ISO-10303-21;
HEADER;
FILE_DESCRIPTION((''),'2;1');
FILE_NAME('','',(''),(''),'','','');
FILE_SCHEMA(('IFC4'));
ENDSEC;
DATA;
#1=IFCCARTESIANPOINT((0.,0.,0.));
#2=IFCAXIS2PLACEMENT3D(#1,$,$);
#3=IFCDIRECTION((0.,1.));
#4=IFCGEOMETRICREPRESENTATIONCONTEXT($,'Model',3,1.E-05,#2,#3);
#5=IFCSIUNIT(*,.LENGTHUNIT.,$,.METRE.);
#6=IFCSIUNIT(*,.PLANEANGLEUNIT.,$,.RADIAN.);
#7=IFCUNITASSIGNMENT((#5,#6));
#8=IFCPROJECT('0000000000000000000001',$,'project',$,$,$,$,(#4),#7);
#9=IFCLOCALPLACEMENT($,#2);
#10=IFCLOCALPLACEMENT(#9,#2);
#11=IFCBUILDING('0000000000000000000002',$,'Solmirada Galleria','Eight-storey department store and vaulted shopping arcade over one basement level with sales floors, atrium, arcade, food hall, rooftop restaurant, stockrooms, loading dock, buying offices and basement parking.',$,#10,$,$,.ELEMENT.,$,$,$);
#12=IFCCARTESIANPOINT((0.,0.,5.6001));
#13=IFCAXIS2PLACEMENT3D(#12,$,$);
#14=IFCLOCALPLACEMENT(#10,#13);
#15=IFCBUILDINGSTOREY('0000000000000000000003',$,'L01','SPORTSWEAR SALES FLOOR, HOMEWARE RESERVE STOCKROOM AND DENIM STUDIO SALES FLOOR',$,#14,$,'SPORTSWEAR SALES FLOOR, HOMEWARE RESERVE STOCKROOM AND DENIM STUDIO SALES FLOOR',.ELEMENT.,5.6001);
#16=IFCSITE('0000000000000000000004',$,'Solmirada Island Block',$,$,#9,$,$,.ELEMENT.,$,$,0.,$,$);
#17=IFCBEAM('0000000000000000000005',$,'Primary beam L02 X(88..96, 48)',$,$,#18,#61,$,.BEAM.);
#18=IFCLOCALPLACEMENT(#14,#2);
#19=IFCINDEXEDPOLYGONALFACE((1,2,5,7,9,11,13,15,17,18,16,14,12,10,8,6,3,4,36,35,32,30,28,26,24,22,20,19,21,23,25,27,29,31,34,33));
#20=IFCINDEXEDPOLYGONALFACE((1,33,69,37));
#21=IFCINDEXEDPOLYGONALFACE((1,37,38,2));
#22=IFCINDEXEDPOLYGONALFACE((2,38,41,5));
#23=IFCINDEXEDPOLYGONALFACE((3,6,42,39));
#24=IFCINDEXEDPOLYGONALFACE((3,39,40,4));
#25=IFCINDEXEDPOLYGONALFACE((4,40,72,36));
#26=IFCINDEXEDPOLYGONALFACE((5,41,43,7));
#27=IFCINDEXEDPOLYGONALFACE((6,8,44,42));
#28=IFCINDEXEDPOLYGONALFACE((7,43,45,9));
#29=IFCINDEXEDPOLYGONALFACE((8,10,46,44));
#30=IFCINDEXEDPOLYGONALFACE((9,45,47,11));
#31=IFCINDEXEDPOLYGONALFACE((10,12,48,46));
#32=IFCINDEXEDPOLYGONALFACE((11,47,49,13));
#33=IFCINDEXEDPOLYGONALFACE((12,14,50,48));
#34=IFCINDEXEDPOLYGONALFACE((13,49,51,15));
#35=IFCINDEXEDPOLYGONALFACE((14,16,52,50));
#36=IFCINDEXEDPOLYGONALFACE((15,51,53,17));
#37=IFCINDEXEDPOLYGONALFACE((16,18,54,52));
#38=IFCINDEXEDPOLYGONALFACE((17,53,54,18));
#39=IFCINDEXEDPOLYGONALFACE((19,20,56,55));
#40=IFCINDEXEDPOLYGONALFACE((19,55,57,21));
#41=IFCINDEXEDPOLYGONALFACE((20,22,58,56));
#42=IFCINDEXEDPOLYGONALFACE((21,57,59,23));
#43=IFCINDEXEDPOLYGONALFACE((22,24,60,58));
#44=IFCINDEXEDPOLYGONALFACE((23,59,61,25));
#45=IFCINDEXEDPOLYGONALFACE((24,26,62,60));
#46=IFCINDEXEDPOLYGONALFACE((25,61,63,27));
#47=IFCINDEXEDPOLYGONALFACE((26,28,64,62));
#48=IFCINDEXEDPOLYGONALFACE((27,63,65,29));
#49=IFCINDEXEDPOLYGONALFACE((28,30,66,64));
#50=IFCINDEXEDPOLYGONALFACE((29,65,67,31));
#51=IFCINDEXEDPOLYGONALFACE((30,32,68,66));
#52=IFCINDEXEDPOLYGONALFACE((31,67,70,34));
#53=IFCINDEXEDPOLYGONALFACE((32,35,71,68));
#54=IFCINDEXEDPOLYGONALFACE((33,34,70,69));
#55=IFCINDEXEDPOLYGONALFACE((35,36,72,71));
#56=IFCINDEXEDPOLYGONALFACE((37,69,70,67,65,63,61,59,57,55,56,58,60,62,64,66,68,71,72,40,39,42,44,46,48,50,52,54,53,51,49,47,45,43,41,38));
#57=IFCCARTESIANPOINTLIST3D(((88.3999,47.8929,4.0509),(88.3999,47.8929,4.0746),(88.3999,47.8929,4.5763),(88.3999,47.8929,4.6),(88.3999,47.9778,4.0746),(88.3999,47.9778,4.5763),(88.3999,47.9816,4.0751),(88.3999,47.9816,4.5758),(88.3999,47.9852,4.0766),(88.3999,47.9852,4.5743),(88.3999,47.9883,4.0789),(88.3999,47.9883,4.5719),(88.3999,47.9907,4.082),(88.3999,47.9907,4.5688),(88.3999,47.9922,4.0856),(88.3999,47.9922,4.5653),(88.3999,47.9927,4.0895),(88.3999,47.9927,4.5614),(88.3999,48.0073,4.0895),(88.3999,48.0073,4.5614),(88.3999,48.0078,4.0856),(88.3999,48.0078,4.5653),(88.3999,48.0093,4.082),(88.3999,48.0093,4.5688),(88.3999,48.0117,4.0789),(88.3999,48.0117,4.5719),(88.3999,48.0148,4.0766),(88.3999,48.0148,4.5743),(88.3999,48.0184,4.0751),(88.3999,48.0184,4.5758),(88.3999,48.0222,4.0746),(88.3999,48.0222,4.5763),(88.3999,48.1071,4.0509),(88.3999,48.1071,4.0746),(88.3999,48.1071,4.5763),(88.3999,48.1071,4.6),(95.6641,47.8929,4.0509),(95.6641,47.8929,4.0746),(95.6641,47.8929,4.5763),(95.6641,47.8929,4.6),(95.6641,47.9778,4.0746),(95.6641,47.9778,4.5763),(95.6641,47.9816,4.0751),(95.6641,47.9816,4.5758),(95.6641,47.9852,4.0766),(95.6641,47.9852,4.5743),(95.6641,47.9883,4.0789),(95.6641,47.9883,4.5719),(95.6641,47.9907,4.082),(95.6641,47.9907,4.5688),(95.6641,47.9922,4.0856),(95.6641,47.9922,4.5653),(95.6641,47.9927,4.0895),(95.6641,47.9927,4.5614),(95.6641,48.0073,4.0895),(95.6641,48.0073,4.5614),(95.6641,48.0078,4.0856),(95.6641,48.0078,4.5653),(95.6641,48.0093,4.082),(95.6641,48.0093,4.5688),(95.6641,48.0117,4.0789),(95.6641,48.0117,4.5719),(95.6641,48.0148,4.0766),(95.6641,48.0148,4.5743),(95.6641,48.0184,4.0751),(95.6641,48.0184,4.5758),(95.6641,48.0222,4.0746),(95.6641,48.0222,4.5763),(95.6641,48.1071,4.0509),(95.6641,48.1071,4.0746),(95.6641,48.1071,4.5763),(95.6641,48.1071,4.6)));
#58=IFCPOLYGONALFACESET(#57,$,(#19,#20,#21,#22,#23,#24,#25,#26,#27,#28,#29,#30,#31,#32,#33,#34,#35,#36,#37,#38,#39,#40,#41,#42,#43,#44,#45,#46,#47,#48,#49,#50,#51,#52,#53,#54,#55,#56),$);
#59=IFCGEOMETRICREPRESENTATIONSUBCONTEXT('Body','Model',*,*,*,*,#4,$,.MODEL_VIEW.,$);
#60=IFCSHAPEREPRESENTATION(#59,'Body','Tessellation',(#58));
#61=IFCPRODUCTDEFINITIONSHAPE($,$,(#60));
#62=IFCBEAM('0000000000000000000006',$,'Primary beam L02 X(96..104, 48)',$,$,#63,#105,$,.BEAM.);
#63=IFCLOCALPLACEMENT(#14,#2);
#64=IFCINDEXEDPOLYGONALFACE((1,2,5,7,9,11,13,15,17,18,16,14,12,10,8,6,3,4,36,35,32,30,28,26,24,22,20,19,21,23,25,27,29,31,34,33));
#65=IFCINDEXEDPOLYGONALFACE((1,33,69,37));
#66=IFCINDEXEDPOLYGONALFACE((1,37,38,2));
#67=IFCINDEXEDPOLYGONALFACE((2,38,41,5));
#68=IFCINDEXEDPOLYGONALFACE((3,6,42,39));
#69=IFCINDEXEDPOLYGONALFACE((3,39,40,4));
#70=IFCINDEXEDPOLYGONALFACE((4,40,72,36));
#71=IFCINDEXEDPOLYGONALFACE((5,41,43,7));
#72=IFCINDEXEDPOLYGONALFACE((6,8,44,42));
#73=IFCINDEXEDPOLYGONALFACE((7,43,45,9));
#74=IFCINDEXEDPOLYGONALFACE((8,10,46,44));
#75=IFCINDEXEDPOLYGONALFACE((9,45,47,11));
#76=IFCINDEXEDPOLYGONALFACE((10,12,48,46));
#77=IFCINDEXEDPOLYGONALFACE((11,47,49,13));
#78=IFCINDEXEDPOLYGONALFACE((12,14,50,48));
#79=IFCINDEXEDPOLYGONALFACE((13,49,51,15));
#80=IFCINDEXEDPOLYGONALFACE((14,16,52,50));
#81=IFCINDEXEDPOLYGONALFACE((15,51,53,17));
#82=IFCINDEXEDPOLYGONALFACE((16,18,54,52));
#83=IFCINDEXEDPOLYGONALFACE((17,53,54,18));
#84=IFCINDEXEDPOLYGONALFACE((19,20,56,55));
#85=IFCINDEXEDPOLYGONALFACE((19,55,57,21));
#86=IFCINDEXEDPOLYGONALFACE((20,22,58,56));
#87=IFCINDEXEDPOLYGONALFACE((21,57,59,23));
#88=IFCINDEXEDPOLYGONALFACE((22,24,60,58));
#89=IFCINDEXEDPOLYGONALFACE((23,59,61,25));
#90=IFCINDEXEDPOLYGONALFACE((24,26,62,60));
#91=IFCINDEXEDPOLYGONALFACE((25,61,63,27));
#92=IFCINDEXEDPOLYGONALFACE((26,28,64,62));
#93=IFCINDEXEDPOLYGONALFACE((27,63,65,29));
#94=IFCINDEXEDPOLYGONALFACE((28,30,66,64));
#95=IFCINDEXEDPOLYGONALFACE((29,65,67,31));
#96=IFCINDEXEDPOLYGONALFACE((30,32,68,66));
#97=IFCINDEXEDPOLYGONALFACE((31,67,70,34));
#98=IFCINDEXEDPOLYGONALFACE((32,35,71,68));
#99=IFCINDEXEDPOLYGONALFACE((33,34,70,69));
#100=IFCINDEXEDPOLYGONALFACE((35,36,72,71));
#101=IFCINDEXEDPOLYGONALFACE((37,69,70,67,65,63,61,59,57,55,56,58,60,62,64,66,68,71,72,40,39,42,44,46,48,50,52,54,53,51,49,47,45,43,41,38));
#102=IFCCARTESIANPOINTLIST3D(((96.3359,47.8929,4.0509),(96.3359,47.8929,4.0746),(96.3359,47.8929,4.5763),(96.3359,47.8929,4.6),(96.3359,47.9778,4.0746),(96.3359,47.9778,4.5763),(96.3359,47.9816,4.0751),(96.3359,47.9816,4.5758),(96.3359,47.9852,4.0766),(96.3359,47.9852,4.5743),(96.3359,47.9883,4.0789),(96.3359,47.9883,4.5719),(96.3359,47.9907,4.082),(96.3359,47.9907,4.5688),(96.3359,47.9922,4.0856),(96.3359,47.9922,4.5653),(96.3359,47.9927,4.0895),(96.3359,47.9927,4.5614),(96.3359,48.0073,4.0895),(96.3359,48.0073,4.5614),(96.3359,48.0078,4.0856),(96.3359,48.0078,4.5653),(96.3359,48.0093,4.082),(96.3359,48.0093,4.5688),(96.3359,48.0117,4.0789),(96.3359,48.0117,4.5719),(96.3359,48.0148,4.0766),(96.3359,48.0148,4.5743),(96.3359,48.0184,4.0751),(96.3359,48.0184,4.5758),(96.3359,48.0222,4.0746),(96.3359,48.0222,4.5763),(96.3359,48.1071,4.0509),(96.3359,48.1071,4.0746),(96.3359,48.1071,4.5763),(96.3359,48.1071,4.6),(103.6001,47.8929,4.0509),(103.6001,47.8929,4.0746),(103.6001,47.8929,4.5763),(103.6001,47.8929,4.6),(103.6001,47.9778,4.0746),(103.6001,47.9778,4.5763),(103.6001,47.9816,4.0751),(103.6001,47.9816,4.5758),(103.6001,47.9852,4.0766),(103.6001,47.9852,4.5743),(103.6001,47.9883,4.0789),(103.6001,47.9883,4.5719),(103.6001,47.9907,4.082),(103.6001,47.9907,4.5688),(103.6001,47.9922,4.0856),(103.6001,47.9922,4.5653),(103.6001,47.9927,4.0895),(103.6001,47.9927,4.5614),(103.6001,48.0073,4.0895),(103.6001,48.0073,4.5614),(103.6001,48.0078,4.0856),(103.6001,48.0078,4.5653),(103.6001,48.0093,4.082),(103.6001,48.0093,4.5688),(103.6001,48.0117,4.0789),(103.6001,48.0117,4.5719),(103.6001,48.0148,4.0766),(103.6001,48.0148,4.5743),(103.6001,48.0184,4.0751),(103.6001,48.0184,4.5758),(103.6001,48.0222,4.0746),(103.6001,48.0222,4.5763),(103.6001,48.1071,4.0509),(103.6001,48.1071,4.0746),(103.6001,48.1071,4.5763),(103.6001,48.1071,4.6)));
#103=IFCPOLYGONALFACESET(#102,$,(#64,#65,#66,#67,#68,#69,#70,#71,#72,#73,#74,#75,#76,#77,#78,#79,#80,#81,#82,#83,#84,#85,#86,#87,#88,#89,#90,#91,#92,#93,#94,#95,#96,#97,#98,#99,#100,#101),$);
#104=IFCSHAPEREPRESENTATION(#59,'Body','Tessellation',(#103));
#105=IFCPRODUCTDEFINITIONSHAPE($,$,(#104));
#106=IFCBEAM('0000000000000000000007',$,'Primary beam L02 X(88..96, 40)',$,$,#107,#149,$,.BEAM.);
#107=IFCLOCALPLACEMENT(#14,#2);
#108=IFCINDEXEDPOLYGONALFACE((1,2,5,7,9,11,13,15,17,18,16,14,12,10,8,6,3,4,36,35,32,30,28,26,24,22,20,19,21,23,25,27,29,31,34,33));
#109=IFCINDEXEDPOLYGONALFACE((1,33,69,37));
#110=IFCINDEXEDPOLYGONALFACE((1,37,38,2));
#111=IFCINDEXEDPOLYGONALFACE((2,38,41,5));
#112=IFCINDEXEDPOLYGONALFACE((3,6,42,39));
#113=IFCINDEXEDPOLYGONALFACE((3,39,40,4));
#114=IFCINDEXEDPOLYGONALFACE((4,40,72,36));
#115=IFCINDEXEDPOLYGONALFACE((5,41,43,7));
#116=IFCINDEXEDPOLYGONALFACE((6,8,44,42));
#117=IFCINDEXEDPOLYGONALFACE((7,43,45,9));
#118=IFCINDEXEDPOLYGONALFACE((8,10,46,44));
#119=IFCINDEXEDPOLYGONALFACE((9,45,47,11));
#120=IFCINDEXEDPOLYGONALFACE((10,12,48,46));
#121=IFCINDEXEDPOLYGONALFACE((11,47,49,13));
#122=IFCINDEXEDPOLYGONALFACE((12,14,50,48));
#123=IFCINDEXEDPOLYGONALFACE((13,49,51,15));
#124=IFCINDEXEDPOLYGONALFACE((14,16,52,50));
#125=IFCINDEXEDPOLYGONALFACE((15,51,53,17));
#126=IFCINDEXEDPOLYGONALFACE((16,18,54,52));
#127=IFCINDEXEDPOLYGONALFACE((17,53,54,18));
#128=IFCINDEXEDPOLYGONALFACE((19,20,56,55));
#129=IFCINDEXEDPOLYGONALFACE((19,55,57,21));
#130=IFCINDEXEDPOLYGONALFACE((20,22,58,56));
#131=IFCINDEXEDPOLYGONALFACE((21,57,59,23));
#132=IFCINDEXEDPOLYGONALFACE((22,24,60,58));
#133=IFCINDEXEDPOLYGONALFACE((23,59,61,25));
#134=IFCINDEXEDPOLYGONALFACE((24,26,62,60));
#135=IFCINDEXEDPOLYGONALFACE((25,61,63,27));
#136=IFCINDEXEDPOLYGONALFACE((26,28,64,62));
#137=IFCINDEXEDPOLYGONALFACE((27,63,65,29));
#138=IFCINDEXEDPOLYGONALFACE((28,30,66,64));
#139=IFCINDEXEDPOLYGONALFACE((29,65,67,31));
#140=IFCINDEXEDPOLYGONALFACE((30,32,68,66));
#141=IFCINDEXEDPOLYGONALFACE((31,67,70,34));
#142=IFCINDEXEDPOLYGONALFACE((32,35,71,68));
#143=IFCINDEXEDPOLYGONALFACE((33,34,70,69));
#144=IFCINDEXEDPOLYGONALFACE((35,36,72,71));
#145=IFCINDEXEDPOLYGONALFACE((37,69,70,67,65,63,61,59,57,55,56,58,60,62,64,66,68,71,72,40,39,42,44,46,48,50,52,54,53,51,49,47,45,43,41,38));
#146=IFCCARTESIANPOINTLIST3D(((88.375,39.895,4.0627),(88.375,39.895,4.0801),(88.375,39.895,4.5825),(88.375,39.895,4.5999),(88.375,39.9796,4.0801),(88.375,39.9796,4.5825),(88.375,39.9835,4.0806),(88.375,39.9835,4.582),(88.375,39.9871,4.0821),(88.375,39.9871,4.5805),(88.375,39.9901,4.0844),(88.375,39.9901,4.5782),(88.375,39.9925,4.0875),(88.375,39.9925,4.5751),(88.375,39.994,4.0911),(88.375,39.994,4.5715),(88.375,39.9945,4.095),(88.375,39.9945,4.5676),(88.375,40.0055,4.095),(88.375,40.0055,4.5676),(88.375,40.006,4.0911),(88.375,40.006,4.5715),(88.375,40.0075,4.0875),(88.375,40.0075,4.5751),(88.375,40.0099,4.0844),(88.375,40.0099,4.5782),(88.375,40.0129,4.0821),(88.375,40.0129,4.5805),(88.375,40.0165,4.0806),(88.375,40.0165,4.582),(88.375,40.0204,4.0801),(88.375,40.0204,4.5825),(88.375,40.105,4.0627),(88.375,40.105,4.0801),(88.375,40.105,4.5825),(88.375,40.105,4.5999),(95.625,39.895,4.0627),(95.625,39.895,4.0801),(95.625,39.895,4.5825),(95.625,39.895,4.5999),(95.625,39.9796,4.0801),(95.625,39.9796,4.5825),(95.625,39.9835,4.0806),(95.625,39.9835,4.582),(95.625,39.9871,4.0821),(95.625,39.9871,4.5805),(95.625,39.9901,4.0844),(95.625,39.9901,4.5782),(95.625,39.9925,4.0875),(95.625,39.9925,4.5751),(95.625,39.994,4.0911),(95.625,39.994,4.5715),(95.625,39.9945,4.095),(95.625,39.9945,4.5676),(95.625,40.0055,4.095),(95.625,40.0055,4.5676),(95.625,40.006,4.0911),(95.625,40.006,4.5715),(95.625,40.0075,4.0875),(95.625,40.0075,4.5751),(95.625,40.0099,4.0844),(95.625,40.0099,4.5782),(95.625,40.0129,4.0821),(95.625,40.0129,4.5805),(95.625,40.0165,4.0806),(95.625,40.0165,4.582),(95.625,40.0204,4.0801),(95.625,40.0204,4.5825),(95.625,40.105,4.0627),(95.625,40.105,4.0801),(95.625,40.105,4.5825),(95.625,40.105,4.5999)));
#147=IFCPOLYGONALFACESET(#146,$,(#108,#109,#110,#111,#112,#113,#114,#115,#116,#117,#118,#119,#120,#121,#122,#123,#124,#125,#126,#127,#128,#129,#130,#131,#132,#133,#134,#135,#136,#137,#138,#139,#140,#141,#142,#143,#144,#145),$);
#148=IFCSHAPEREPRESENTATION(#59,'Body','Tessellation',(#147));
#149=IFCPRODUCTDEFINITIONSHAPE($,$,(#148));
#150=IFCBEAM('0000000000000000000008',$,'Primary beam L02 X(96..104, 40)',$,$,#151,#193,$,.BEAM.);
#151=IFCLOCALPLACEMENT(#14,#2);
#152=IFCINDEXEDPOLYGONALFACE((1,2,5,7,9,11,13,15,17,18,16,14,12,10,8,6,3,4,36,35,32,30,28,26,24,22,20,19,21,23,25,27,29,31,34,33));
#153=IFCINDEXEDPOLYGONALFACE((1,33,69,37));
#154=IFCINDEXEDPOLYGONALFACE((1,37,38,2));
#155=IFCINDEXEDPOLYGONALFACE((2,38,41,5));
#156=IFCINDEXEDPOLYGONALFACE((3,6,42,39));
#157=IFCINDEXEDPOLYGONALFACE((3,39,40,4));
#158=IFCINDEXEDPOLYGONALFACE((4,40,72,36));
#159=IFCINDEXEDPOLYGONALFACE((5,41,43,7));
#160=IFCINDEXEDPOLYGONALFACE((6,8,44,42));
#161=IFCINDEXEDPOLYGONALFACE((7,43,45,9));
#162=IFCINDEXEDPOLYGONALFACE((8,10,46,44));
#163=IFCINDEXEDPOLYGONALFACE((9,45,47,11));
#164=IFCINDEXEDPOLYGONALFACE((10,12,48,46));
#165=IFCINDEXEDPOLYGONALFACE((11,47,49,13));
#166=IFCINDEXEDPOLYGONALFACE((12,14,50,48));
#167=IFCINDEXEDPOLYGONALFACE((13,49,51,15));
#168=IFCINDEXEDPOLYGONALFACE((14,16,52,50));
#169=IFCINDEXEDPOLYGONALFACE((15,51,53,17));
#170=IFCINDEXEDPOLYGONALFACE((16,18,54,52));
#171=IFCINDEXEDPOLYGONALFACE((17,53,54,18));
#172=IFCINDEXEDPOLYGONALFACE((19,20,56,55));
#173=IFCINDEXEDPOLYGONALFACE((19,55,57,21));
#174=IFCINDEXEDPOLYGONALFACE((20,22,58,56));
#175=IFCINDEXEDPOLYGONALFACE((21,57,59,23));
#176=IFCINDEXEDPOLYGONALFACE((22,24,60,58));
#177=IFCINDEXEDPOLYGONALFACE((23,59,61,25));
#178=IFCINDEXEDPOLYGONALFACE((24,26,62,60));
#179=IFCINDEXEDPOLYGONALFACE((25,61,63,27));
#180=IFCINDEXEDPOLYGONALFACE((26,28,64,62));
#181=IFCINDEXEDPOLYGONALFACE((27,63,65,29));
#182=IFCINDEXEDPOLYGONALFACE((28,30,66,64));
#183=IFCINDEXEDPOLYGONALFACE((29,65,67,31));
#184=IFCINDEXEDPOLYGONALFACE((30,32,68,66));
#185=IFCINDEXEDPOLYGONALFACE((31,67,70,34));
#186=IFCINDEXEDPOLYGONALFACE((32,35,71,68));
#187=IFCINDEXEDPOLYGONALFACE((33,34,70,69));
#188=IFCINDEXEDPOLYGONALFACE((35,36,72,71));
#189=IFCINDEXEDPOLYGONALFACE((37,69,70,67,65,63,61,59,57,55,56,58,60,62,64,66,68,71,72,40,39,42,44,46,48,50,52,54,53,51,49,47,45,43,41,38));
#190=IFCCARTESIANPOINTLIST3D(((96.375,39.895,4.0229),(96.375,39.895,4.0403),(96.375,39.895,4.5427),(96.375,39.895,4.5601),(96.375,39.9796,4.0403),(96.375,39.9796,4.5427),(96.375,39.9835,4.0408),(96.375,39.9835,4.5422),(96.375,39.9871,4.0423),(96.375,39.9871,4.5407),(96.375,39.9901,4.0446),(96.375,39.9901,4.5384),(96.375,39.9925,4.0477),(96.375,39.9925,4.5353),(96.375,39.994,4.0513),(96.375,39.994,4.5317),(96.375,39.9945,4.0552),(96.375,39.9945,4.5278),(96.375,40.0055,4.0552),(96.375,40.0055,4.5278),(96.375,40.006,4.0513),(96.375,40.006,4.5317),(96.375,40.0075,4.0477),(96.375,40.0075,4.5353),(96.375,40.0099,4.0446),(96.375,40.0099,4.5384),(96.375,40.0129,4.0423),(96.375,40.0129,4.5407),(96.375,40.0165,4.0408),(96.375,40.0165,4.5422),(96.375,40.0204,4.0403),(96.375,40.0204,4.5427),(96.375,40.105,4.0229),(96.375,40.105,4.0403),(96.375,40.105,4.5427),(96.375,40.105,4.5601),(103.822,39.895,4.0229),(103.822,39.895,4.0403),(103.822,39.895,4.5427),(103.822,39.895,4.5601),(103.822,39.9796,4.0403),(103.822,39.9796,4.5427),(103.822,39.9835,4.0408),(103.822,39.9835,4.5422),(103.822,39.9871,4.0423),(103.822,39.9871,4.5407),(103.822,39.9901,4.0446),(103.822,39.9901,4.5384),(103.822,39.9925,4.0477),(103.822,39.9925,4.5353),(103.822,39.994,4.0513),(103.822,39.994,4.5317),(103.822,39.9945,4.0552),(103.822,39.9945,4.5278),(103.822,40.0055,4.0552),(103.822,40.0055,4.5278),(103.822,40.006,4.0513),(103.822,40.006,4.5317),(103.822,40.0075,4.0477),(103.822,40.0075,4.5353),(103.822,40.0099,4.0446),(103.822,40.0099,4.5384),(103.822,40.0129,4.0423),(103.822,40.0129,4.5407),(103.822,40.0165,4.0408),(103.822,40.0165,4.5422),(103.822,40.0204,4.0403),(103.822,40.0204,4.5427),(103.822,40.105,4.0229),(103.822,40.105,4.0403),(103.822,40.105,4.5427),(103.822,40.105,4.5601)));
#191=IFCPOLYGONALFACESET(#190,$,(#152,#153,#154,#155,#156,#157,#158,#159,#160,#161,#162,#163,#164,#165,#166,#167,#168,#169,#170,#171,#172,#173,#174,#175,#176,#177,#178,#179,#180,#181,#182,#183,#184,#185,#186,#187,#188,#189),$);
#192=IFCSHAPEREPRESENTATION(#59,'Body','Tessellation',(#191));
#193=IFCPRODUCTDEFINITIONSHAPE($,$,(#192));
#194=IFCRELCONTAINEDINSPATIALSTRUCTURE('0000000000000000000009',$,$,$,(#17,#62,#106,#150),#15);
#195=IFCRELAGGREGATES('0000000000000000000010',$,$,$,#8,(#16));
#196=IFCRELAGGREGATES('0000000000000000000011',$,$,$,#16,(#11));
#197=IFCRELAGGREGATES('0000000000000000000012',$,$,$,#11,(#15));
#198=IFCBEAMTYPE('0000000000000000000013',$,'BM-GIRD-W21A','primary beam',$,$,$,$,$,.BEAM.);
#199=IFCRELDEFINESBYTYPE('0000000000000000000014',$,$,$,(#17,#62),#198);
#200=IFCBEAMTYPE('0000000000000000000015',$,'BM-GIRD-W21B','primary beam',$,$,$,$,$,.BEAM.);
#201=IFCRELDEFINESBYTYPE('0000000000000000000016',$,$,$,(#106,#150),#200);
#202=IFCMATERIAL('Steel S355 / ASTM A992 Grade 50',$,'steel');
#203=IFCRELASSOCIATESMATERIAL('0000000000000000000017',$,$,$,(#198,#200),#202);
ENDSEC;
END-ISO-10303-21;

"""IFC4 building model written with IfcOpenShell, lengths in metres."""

from ifc_helpers import new_model, si_unit, direction, frame, origin, origin_2d, place, context, subcontext, project, spatial, i_section, extrude, material, material_profile, profile_set, type_object, element, save


model = new_model("IFC4")

# Units and contexts
model_context = context("Model", 3, precision=1e-05, world=origin(), true_north=direction((0.0, 1.0)))
body_context = subcontext(model_context, "Body", "Model", "MODEL_VIEW")
ifc_project = project(units=[si_unit("LENGTHUNIT", "METRE"), si_unit("PLANEANGLEUNIT", "RADIAN")], contexts=[model_context])

# Site, building, storey
site_placement = place(None, origin())
site = spatial("IfcSite", under=ifc_project, at=site_placement, Name="Solmirada Island Block", CompositionType="ELEMENT", RefElevation=0.0)
building_placement = place(site_placement, origin())
building = spatial("IfcBuilding", under=site, at=building_placement, Name="Solmirada Galleria", Description="Eight-storey department store and vaulted shopping arcade over one basement level with sales floors, atrium, arcade, food hall, rooftop restaurant, stockrooms, loading dock, buying offices and basement parking.", CompositionType="ELEMENT")
storey_placement = place(building_placement, frame((0.0, 0.0, 5.6001)))
storey = spatial("IfcBuildingStorey", under=building, at=storey_placement, Name="L01", Description="SPORTSWEAR SALES FLOOR, HOMEWARE RESERVE STOCKROOM AND DENIM STUDIO SALES FLOOR", LongName="SPORTSWEAR SALES FLOOR, HOMEWARE RESERVE STOCKROOM AND DENIM STUDIO SALES FLOOR", CompositionType="ELEMENT", Elevation=5.6001)

# Beams
ifc_material_1 = material(Name="Steel S355 / ASTM A992 Grade 50", Category="steel")
ifc_material_profile_1 = material_profile(ifc_material_1, i_section(OverallWidth=0.2141, OverallDepth=0.5491, WebThickness=0.0146, FlangeThickness=0.0237, FilletRadius=0.0149, at=origin_2d()), Name="W21X93")
ifc_profile_set_1 = profile_set([ifc_material_profile_1], Name="Steel S355 / ASTM A992 Grade 50")
beam_type_1 = type_object("IfcBeamType", Name="BM-GIRD-W21A", Description="primary beam", PredefinedType="BEAM", material=ifc_profile_set_1)
for number, where, z_axis, x_axis, name in (
    (1, (88.3999, 48.0, 4.3254), (1.0, 0.0, 0.0), (0.0, 1.0, 0.0), "Primary beam L02 X(88..96, 48)"),
    (2, (96.3359, 48.0, 4.3254), (1.0, 0.0, 0.0), (0.0, 1.0, 0.0), "Primary beam L02 X(96..104, 48)"),
):
    element("IfcBeam", number, at=place(storey_placement, frame(where, z_axis=z_axis, x_axis=x_axis)), inside=storey, type_object=beam_type_1, Name=name, PredefinedType="BEAM", context=body_context, shape_type="SweptSolid", body=[
        extrude(i_section(OverallWidth=0.2141, OverallDepth=0.5491, WebThickness=0.0146, FlangeThickness=0.0237, FilletRadius=0.0149, at=origin_2d()), origin(), (0.0, 0.0, 1.0), 7.2642),
    ])
ifc_material_profile_2 = material_profile(ifc_material_1, i_section(OverallWidth=0.21, OverallDepth=0.5371, WebThickness=0.011, FlangeThickness=0.0173, FilletRadius=0.0149, at=origin_2d()), Name="W21X68")
ifc_profile_set_2 = profile_set([ifc_material_profile_2], Name="Steel S355 / ASTM A992 Grade 50")
beam_type_2 = type_object("IfcBeamType", Name="BM-GIRD-W21B", Description="primary beam", PredefinedType="BEAM", material=ifc_profile_set_2)
beam_1_placement = place(storey_placement, frame((88.375, 40.0, 4.3313), z_axis=(1.0, 0.0, 0.0), x_axis=(0.0, 1.0, 0.0)))
element("IfcBeam", 3, at=beam_1_placement, inside=storey, type_object=beam_type_2, Name="Primary beam L02 X(88..96, 40)", PredefinedType="BEAM", context=body_context, shape_type="SweptSolid", body=[
    extrude(i_section(OverallWidth=0.21, OverallDepth=0.5371, WebThickness=0.011, FlangeThickness=0.0173, FilletRadius=0.0149, at=origin_2d()), origin(), (0.0, 0.0, 1.0), 7.25),
])
beam_2_placement = place(storey_placement, frame((96.375, 40.0, 4.2915), z_axis=(1.0, 0.0, 0.0), x_axis=(0.0, 1.0, 0.0)))
element("IfcBeam", 4, at=beam_2_placement, inside=storey, type_object=beam_type_2, Name="Primary beam L02 X(96..104, 40)", PredefinedType="BEAM", context=body_context, shape_type="SweptSolid", body=[
    extrude(i_section(OverallWidth=0.21, OverallDepth=0.5371, WebThickness=0.011, FlangeThickness=0.0173, FilletRadius=0.0149, at=origin_2d()), origin(), (0.0, 0.0, 1.0), 7.447),
])

save(model, "model.ifc")
